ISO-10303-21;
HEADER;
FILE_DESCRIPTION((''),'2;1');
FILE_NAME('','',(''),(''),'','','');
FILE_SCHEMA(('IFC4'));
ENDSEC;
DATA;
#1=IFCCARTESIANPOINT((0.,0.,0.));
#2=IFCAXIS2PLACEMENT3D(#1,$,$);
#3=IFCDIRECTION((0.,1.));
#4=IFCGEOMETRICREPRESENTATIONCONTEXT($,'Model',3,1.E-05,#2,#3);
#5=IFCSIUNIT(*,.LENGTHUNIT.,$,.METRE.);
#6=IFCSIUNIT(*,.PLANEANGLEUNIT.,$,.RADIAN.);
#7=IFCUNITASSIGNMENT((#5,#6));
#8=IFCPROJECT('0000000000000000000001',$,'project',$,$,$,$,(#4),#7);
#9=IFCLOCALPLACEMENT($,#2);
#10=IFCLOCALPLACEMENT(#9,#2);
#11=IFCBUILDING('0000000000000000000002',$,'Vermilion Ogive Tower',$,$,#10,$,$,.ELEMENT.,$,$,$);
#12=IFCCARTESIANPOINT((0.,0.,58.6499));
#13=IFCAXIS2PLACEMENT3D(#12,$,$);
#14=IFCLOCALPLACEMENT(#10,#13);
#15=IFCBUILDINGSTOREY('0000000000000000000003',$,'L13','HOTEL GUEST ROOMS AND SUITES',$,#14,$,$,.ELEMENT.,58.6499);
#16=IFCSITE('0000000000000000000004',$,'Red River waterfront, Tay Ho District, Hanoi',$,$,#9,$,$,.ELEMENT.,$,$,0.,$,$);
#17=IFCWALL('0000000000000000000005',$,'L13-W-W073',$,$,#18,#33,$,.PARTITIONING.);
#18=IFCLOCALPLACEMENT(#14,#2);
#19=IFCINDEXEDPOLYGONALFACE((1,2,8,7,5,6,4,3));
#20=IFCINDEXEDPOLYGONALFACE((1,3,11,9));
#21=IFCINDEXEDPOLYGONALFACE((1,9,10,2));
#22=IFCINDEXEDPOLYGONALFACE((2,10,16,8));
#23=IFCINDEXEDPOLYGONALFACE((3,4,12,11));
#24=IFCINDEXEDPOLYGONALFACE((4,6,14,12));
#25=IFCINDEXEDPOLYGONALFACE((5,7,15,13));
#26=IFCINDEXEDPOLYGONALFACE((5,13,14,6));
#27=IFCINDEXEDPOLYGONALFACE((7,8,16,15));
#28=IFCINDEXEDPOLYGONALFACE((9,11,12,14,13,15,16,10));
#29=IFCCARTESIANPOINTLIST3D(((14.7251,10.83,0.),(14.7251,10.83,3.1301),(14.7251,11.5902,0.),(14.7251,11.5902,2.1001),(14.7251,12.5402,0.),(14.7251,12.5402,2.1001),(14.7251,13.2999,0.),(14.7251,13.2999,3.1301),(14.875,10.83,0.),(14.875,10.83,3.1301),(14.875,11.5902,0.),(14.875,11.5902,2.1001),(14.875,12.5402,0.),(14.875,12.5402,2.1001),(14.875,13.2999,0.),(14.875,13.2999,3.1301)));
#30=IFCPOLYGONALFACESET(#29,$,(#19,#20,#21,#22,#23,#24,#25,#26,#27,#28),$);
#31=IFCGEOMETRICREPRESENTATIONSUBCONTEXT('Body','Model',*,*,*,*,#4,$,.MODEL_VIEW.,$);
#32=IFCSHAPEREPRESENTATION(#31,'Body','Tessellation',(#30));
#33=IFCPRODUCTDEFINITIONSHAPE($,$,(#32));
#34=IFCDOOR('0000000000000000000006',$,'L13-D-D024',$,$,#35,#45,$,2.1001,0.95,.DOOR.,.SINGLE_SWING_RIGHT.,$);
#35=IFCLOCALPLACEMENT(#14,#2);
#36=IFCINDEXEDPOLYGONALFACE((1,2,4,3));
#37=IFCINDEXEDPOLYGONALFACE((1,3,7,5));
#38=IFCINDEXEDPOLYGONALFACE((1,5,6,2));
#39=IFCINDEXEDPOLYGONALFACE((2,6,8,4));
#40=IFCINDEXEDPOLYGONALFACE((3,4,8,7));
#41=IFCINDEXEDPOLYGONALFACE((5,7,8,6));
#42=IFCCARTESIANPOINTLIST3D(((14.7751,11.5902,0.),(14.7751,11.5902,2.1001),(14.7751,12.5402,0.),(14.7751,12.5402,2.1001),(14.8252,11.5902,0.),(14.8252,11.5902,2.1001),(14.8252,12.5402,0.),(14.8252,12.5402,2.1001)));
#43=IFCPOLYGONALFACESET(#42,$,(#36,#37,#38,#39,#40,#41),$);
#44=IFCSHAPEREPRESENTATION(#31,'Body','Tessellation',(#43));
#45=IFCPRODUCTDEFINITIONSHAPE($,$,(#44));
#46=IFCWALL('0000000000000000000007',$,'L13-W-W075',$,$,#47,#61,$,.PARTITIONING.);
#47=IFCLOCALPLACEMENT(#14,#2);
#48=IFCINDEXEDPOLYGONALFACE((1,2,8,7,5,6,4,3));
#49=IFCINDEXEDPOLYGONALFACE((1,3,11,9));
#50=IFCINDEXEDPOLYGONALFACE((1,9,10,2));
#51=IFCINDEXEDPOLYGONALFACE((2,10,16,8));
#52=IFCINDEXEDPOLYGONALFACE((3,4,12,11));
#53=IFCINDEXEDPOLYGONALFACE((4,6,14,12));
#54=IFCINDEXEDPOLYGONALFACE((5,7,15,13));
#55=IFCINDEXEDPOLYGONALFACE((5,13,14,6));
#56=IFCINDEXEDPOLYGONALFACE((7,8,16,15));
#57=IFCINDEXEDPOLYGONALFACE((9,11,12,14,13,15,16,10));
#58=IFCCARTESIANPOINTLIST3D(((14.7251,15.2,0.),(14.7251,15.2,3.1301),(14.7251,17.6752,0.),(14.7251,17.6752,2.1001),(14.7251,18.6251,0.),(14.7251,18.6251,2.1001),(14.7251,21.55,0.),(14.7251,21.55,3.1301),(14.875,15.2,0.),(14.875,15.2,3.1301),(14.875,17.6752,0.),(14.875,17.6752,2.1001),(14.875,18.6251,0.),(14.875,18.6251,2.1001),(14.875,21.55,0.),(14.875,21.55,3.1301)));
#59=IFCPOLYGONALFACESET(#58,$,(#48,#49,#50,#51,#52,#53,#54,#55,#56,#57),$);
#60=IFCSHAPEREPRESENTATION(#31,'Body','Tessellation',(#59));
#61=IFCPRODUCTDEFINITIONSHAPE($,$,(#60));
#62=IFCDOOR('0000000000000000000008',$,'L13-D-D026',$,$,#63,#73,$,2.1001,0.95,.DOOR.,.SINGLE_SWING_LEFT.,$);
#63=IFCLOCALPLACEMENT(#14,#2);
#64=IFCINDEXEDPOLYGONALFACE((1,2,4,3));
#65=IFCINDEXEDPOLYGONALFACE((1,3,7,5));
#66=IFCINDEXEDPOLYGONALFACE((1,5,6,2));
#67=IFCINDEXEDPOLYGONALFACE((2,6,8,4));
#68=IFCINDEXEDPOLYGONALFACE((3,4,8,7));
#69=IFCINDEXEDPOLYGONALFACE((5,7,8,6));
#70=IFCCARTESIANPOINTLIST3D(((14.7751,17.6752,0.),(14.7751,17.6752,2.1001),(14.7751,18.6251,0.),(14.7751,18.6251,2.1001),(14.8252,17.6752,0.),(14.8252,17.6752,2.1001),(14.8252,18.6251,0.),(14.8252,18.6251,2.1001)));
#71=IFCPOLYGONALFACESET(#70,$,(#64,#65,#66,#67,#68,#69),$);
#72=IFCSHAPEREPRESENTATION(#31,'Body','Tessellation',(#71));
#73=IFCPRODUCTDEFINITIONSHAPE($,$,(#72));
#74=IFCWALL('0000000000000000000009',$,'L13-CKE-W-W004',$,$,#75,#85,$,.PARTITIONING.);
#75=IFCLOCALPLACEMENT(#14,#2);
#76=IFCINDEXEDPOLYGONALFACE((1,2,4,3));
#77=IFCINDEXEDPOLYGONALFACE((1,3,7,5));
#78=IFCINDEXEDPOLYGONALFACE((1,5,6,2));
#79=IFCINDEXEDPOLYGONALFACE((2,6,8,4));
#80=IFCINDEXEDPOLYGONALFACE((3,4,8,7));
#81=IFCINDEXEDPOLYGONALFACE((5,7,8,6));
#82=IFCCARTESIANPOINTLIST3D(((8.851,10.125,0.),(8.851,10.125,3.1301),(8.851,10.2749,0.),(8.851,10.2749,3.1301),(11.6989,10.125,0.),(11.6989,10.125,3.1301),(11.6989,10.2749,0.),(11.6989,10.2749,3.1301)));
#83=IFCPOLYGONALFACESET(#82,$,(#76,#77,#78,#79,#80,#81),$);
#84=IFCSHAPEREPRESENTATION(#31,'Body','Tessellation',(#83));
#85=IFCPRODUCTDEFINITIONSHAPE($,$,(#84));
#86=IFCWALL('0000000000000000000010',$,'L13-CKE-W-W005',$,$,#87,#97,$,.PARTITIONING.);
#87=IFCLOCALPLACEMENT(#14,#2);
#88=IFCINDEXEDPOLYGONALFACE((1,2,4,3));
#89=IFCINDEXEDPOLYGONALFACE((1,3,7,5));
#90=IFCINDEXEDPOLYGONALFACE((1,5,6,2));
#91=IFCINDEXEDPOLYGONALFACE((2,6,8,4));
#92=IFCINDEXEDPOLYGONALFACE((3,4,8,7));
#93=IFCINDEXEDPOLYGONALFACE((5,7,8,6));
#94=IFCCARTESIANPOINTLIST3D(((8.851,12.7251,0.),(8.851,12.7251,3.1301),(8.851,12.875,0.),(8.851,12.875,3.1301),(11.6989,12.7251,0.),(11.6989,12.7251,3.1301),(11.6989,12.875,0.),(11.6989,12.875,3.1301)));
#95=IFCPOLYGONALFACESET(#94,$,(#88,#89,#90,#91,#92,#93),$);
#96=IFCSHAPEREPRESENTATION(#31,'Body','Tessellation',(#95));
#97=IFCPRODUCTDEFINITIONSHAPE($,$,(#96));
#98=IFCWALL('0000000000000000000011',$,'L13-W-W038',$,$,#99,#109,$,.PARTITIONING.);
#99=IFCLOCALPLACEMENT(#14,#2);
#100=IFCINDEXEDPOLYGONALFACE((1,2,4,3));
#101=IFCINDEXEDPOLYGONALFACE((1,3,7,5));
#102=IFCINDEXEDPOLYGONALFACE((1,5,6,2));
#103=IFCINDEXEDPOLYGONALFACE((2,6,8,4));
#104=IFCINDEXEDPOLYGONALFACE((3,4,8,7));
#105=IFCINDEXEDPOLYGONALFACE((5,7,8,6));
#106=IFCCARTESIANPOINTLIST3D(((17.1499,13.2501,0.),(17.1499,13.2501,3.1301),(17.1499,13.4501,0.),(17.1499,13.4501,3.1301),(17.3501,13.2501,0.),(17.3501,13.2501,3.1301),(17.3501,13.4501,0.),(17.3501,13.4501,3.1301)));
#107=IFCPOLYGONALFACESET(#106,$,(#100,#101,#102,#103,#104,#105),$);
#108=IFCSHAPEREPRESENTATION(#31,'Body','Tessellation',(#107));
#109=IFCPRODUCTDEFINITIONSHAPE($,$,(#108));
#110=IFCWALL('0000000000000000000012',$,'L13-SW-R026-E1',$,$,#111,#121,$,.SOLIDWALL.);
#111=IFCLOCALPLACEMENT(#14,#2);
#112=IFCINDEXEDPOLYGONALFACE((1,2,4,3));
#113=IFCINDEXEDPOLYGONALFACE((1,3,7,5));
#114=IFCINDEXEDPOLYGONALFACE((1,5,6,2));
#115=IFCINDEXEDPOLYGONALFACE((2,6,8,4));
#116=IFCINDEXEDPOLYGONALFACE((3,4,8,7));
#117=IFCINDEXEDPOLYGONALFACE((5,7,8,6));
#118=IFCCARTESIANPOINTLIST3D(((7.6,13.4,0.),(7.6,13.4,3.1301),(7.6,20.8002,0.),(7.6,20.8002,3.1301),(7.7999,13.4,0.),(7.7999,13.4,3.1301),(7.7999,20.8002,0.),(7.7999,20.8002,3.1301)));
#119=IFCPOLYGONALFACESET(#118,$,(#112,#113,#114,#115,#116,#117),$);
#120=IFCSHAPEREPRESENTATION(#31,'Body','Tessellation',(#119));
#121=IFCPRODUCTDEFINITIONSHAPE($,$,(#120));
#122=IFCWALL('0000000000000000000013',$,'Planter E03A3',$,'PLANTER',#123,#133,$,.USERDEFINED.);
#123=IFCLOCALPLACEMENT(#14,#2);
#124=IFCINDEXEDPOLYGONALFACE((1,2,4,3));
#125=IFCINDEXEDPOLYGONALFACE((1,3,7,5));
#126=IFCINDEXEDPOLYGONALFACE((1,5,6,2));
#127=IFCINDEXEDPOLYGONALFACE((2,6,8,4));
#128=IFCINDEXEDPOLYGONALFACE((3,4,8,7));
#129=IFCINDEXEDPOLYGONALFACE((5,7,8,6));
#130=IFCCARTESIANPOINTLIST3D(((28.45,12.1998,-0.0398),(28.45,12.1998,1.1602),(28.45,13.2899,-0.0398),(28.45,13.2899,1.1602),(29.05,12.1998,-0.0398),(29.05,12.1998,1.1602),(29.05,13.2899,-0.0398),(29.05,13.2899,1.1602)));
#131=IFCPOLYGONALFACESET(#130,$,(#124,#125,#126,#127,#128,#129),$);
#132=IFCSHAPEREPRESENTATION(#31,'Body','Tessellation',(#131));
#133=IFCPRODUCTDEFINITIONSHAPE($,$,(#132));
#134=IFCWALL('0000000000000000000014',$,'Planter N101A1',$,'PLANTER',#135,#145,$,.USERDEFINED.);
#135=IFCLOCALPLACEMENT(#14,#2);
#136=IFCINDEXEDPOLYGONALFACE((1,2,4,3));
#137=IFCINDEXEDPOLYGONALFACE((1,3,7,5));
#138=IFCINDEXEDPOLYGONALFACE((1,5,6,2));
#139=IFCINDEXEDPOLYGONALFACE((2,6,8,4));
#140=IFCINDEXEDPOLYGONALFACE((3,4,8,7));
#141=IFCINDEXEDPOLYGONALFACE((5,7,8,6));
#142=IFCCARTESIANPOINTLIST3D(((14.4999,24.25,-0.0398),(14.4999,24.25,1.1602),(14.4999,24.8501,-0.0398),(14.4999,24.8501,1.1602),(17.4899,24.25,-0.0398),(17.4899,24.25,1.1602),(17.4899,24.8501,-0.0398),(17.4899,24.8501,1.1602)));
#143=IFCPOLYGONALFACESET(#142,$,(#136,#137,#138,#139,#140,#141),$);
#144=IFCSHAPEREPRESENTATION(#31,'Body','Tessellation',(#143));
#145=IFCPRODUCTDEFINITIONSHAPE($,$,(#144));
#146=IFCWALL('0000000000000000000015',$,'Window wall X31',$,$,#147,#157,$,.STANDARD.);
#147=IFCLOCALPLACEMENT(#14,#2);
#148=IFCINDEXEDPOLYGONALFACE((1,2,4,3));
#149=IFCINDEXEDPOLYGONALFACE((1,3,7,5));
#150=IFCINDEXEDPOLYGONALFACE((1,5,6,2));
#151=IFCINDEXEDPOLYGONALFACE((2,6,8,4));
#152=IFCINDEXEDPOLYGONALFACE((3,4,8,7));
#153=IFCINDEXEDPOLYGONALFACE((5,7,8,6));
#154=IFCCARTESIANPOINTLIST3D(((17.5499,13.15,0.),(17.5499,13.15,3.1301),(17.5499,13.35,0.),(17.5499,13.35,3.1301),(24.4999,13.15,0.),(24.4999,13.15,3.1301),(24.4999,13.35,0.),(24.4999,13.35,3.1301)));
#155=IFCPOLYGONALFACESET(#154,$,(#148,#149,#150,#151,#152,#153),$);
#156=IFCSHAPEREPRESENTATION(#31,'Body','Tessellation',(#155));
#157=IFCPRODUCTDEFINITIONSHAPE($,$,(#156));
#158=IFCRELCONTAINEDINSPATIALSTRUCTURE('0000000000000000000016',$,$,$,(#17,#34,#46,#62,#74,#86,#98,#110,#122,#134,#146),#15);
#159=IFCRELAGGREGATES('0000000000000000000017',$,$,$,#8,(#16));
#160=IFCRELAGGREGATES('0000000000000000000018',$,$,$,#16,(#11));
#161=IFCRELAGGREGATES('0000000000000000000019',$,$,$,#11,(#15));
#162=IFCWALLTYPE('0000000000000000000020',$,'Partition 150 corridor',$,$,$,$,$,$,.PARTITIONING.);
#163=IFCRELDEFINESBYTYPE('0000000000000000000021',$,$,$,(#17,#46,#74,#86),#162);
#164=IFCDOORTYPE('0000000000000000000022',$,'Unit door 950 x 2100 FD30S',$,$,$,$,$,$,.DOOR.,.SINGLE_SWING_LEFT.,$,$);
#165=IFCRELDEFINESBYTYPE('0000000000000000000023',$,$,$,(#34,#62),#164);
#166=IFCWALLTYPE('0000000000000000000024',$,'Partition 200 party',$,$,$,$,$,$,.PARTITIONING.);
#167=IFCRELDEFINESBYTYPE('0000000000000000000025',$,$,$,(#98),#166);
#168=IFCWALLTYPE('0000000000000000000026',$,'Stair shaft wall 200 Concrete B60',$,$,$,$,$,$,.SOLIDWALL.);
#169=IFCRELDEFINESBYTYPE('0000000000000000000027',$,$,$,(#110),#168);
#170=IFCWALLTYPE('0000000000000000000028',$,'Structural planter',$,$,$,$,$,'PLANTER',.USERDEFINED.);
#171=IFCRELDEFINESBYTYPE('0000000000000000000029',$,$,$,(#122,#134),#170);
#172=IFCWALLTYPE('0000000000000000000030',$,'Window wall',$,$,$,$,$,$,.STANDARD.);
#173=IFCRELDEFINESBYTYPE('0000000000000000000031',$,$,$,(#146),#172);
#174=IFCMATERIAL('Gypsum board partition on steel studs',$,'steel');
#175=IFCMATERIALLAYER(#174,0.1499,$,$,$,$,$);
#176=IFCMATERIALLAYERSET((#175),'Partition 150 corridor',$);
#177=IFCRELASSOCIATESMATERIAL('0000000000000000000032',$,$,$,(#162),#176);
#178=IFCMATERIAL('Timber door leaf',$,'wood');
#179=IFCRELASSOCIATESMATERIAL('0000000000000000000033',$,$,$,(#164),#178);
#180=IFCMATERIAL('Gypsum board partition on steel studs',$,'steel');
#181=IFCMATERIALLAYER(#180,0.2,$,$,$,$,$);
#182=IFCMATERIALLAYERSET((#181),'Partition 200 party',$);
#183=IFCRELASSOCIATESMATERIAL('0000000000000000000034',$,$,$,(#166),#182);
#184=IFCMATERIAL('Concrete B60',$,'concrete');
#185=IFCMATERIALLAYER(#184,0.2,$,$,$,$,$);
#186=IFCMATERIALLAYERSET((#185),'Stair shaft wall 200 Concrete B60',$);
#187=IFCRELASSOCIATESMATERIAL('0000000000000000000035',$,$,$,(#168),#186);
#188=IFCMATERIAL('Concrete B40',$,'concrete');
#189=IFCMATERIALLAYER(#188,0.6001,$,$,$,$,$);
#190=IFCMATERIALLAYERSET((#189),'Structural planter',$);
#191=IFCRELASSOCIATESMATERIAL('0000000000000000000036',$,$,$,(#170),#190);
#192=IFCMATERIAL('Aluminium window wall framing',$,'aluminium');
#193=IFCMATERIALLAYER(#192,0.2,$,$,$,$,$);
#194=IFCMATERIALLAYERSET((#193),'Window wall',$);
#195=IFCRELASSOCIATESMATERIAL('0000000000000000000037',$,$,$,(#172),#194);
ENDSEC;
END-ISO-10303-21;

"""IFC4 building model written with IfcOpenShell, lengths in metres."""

from ifc_helpers import new_model, si_unit, direction, frame, frame_2d, origin, place, context, subcontext, project, spatial, rectangle, extrude, material, layer, layer_set, type_object, element, fill, save


model = new_model("IFC4")

# Units and contexts
model_context = context("Model", 3, precision=1e-05, world=origin(), true_north=direction((0.0, 1.0)))
body_context = subcontext(model_context, "Body", "Model", "MODEL_VIEW")
ifc_project = project(units=[si_unit("LENGTHUNIT", "METRE"), si_unit("PLANEANGLEUNIT", "RADIAN")], contexts=[model_context])

# Site, building, storey
site_placement = place(None, origin())
site = spatial("IfcSite", under=ifc_project, at=site_placement, Name="Red River waterfront, Tay Ho District, Hanoi", CompositionType="ELEMENT", RefElevation=0.0)
building_placement = place(site_placement, origin())
building = spatial("IfcBuilding", under=site, at=building_placement, Name="Vermilion Ogive Tower", CompositionType="ELEMENT")
storey_placement = place(building_placement, frame((0.0, 0.0, 58.6499)))
storey = spatial("IfcBuildingStorey", under=building, at=storey_placement, Name="L13", Description="HOTEL GUEST ROOMS AND SUITES", CompositionType="ELEMENT", Elevation=58.6499)

# Walls, openings, doors
ifc_material_1 = material(Name="Gypsum board partition on steel studs", Category="steel")
ifc_layer_1 = layer(ifc_material_1, 0.1499)
ifc_layer_set_1 = layer_set([ifc_layer_1], Name="Partition 150 corridor")
wall_type_1 = type_object("IfcWallType", Name="Partition 150 corridor", PredefinedType="PARTITIONING", material=ifc_layer_set_1)
wall_1_placement = place(storey_placement, frame((14.8, 10.8301, 0.0), z_axis=(0.0, 0.0, 1.0), x_axis=(0.0, 1.0, 0.0)))
wall_1 = element("IfcWall", 1, at=wall_1_placement, inside=storey, type_object=wall_type_1, Name="L13-W-W073", PredefinedType="PARTITIONING", context=body_context, shape_type="SweptSolid", body=[
    extrude(rectangle(XDim=2.47, YDim=0.1499, at=frame_2d((1.2349, 0.0))), origin(), (0.0, 0.0, 1.0), 3.1301),
])
opening_1_placement = place(wall_1_placement, frame((0.76, 0.0, 0.0)))
opening_1 = element("IfcOpeningElement", 2, at=opening_1_placement, cuts=wall_1, PredefinedType="OPENING", context=body_context, shape_type="SweptSolid", body=[
    extrude(rectangle(XDim=0.95, YDim=2.1001, at=frame_2d((0.4751, 1.05))), frame((0.0, 0.085, 0.0), z_axis=(0.0, -1.0, 0.0), x_axis=(1.0, 0.0, 0.0)), (0.0, 0.0, 1.0), 0.1699),
])
ifc_material_2 = material(Name="Timber door leaf", Category="wood")
door_type_1 = type_object("IfcDoorType", Name="Unit door 950 x 2100 FD30S", OperationType="SINGLE_SWING_LEFT", PredefinedType="DOOR", material=ifc_material_2)
door_1_placement = place(opening_1_placement, origin())
door_1 = element("IfcDoor", 3, at=door_1_placement, inside=storey, type_object=door_type_1, Name="L13-D-D024", OperationType="SINGLE_SWING_RIGHT", OverallHeight=2.1001, OverallWidth=0.95, PredefinedType="DOOR", context=body_context, shape_type="SweptSolid", body=[
    extrude(rectangle(XDim=0.95, YDim=2.1001, at=frame_2d((0.4751, 1.05))), frame((0.0, 0.0249, 0.0), z_axis=(0.0, -1.0, 0.0), x_axis=(1.0, 0.0, 0.0)), (0.0, 0.0, 1.0), 0.05),
])
fill(opening_1, door_1)
wall_2_placement = place(storey_placement, frame((14.8, 15.2, 0.0), z_axis=(0.0, 0.0, 1.0), x_axis=(0.0, 1.0, 0.0)))
wall_2 = element("IfcWall", 4, at=wall_2_placement, inside=storey, type_object=wall_type_1, Name="L13-W-W075", PredefinedType="PARTITIONING", context=body_context, shape_type="SweptSolid", body=[
    extrude(rectangle(XDim=6.3501, YDim=0.1499, at=frame_2d((3.175, 0.0))), origin(), (0.0, 0.0, 1.0), 3.1301),
])
opening_2_placement = place(wall_2_placement, frame((2.4751, 0.0, 0.0)))
opening_2 = element("IfcOpeningElement", 5, at=opening_2_placement, cuts=wall_2, PredefinedType="OPENING", context=body_context, shape_type="SweptSolid", body=[
    extrude(rectangle(XDim=0.95, YDim=2.1001, at=frame_2d((0.4751, 1.05))), frame((0.0, 0.085, 0.0), z_axis=(0.0, -1.0, 0.0), x_axis=(1.0, 0.0, 0.0)), (0.0, 0.0, 1.0), 0.1699),
])
door_2_placement = place(opening_2_placement, origin())
door_2 = element("IfcDoor", 6, at=door_2_placement, inside=storey, type_object=door_type_1, Name="L13-D-D026", OperationType="SINGLE_SWING_LEFT", OverallHeight=2.1001, OverallWidth=0.95, PredefinedType="DOOR", context=body_context, shape_type="SweptSolid", body=[
    extrude(rectangle(XDim=0.95, YDim=2.1001, at=frame_2d((0.4751, 1.05))), frame((0.0, 0.0249, 0.0), z_axis=(0.0, -1.0, 0.0), x_axis=(1.0, 0.0, 0.0)), (0.0, 0.0, 1.0), 0.05),
])
fill(opening_2, door_2)

# Walls
for number, where, z_axis, x_axis, name in (
    (7, (8.8511, 10.2, 0.0), (0.0, 0.0, 1.0), (1.0, 0.0, 0.0), "L13-CKE-W-W004"),
    (8, (8.8511, 12.8, 0.0), (0.0, 0.0, 1.0), (1.0, 0.0, 0.0), "L13-CKE-W-W005"),
):
    element("IfcWall", number, at=place(storey_placement, frame(where, z_axis=z_axis, x_axis=x_axis)), inside=storey, type_object=wall_type_1, Name=name, PredefinedType="PARTITIONING", context=body_context, shape_type="SweptSolid", body=[
        extrude(rectangle(XDim=2.8479, YDim=0.1499, at=frame_2d((1.4238, 0.0))), origin(), (0.0, 0.0, 1.0), 3.1301),
    ])
ifc_material_3 = material(Name="Gypsum board partition on steel studs", Category="steel")
ifc_layer_2 = layer(ifc_material_3, 0.2)
ifc_layer_set_2 = layer_set([ifc_layer_2], Name="Partition 200 party")
wall_type_2 = type_object("IfcWallType", Name="Partition 200 party", PredefinedType="PARTITIONING", material=ifc_layer_set_2)
wall_3_placement = place(storey_placement, frame((17.1499, 13.3501, 0.0), z_axis=(0.0, 0.0, 1.0), x_axis=(1.0, 0.0, 0.0)))
element("IfcWall", 9, at=wall_3_placement, inside=storey, type_object=wall_type_2, Name="L13-W-W038", PredefinedType="PARTITIONING", context=body_context, shape_type="SweptSolid", body=[
    extrude(rectangle(XDim=0.2002, YDim=0.2, at=frame_2d((0.1001, 0.0))), origin(), (0.0, 0.0, 1.0), 3.1301),
])
ifc_material_4 = material(Name="Concrete B60", Category="concrete")
ifc_layer_3 = layer(ifc_material_4, 0.2)
ifc_layer_set_3 = layer_set([ifc_layer_3], Name="Stair shaft wall 200 Concrete B60")
wall_type_3 = type_object("IfcWallType", Name="Stair shaft wall 200 Concrete B60", PredefinedType="SOLIDWALL", material=ifc_layer_set_3)
wall_4_placement = place(storey_placement, frame((7.7, 13.3999, 0.0), z_axis=(0.0, 0.0, 1.0), x_axis=(0.0, 1.0, 0.0)))
element("IfcWall", 10, at=wall_4_placement, inside=storey, type_object=wall_type_3, Name="L13-SW-R026-E1", PredefinedType="SOLIDWALL", context=body_context, shape_type="SweptSolid", body=[
    extrude(rectangle(XDim=7.4001, YDim=0.2, at=frame_2d((3.7002, 0.0))), origin(), (0.0, 0.0, 1.0), 3.1301),
])
ifc_material_5 = material(Name="Concrete B40", Category="concrete")
ifc_layer_4 = layer(ifc_material_5, 0.6001)
ifc_layer_set_4 = layer_set([ifc_layer_4], Name="Structural planter")
wall_type_4 = type_object("IfcWallType", Name="Structural planter", ElementType="PLANTER", PredefinedType="USERDEFINED", material=ifc_layer_set_4)
wall_5_placement = place(storey_placement, frame((28.75, 12.2, -0.0398), z_axis=(0.0, 0.0, 1.0), x_axis=(0.0, 1.0, 0.0)))
element("IfcWall", 11, at=wall_5_placement, inside=storey, type_object=wall_type_4, Name="Planter E03A3", ObjectType="PLANTER", PredefinedType="USERDEFINED", context=body_context, shape_type="SweptSolid", body=[
    extrude(rectangle(XDim=1.0901, YDim=0.6001, at=frame_2d((0.5449, 0.0))), origin(), (0.0, 0.0, 1.0), 1.2),
])
wall_6_placement = place(storey_placement, frame((17.49, 24.55, -0.0398), z_axis=(0.0, 0.0, 1.0), x_axis=(-1.0, 0.0, 0.0)))
element("IfcWall", 12, at=wall_6_placement, inside=storey, type_object=wall_type_4, Name="Planter N101A1", ObjectType="PLANTER", PredefinedType="USERDEFINED", context=body_context, shape_type="SweptSolid", body=[
    extrude(rectangle(XDim=2.99, YDim=0.6001, at=frame_2d((1.4951, 0.0))), origin(), (0.0, 0.0, 1.0), 1.2),
])
ifc_material_6 = material(Name="Aluminium window wall framing", Category="aluminium")
ifc_layer_5 = layer(ifc_material_6, 0.2)
ifc_layer_set_5 = layer_set([ifc_layer_5], Name="Window wall")
wall_type_5 = type_object("IfcWallType", Name="Window wall", PredefinedType="STANDARD", material=ifc_layer_set_5)
wall_7_placement = place(storey_placement, frame((24.5, 13.25, 0.0), z_axis=(0.0, 0.0, 1.0), x_axis=(-1.0, 0.0, 0.0)))
element("IfcWall", 13, at=wall_7_placement, inside=storey, type_object=wall_type_5, Name="Window wall X31", PredefinedType="STANDARD", context=body_context, shape_type="SweptSolid", body=[
    extrude(rectangle(XDim=6.95, YDim=0.2, at=frame_2d((3.4751, 0.0))), origin(), (0.0, 0.0, 1.0), 3.1301),
])

save(model, "model.ifc")
